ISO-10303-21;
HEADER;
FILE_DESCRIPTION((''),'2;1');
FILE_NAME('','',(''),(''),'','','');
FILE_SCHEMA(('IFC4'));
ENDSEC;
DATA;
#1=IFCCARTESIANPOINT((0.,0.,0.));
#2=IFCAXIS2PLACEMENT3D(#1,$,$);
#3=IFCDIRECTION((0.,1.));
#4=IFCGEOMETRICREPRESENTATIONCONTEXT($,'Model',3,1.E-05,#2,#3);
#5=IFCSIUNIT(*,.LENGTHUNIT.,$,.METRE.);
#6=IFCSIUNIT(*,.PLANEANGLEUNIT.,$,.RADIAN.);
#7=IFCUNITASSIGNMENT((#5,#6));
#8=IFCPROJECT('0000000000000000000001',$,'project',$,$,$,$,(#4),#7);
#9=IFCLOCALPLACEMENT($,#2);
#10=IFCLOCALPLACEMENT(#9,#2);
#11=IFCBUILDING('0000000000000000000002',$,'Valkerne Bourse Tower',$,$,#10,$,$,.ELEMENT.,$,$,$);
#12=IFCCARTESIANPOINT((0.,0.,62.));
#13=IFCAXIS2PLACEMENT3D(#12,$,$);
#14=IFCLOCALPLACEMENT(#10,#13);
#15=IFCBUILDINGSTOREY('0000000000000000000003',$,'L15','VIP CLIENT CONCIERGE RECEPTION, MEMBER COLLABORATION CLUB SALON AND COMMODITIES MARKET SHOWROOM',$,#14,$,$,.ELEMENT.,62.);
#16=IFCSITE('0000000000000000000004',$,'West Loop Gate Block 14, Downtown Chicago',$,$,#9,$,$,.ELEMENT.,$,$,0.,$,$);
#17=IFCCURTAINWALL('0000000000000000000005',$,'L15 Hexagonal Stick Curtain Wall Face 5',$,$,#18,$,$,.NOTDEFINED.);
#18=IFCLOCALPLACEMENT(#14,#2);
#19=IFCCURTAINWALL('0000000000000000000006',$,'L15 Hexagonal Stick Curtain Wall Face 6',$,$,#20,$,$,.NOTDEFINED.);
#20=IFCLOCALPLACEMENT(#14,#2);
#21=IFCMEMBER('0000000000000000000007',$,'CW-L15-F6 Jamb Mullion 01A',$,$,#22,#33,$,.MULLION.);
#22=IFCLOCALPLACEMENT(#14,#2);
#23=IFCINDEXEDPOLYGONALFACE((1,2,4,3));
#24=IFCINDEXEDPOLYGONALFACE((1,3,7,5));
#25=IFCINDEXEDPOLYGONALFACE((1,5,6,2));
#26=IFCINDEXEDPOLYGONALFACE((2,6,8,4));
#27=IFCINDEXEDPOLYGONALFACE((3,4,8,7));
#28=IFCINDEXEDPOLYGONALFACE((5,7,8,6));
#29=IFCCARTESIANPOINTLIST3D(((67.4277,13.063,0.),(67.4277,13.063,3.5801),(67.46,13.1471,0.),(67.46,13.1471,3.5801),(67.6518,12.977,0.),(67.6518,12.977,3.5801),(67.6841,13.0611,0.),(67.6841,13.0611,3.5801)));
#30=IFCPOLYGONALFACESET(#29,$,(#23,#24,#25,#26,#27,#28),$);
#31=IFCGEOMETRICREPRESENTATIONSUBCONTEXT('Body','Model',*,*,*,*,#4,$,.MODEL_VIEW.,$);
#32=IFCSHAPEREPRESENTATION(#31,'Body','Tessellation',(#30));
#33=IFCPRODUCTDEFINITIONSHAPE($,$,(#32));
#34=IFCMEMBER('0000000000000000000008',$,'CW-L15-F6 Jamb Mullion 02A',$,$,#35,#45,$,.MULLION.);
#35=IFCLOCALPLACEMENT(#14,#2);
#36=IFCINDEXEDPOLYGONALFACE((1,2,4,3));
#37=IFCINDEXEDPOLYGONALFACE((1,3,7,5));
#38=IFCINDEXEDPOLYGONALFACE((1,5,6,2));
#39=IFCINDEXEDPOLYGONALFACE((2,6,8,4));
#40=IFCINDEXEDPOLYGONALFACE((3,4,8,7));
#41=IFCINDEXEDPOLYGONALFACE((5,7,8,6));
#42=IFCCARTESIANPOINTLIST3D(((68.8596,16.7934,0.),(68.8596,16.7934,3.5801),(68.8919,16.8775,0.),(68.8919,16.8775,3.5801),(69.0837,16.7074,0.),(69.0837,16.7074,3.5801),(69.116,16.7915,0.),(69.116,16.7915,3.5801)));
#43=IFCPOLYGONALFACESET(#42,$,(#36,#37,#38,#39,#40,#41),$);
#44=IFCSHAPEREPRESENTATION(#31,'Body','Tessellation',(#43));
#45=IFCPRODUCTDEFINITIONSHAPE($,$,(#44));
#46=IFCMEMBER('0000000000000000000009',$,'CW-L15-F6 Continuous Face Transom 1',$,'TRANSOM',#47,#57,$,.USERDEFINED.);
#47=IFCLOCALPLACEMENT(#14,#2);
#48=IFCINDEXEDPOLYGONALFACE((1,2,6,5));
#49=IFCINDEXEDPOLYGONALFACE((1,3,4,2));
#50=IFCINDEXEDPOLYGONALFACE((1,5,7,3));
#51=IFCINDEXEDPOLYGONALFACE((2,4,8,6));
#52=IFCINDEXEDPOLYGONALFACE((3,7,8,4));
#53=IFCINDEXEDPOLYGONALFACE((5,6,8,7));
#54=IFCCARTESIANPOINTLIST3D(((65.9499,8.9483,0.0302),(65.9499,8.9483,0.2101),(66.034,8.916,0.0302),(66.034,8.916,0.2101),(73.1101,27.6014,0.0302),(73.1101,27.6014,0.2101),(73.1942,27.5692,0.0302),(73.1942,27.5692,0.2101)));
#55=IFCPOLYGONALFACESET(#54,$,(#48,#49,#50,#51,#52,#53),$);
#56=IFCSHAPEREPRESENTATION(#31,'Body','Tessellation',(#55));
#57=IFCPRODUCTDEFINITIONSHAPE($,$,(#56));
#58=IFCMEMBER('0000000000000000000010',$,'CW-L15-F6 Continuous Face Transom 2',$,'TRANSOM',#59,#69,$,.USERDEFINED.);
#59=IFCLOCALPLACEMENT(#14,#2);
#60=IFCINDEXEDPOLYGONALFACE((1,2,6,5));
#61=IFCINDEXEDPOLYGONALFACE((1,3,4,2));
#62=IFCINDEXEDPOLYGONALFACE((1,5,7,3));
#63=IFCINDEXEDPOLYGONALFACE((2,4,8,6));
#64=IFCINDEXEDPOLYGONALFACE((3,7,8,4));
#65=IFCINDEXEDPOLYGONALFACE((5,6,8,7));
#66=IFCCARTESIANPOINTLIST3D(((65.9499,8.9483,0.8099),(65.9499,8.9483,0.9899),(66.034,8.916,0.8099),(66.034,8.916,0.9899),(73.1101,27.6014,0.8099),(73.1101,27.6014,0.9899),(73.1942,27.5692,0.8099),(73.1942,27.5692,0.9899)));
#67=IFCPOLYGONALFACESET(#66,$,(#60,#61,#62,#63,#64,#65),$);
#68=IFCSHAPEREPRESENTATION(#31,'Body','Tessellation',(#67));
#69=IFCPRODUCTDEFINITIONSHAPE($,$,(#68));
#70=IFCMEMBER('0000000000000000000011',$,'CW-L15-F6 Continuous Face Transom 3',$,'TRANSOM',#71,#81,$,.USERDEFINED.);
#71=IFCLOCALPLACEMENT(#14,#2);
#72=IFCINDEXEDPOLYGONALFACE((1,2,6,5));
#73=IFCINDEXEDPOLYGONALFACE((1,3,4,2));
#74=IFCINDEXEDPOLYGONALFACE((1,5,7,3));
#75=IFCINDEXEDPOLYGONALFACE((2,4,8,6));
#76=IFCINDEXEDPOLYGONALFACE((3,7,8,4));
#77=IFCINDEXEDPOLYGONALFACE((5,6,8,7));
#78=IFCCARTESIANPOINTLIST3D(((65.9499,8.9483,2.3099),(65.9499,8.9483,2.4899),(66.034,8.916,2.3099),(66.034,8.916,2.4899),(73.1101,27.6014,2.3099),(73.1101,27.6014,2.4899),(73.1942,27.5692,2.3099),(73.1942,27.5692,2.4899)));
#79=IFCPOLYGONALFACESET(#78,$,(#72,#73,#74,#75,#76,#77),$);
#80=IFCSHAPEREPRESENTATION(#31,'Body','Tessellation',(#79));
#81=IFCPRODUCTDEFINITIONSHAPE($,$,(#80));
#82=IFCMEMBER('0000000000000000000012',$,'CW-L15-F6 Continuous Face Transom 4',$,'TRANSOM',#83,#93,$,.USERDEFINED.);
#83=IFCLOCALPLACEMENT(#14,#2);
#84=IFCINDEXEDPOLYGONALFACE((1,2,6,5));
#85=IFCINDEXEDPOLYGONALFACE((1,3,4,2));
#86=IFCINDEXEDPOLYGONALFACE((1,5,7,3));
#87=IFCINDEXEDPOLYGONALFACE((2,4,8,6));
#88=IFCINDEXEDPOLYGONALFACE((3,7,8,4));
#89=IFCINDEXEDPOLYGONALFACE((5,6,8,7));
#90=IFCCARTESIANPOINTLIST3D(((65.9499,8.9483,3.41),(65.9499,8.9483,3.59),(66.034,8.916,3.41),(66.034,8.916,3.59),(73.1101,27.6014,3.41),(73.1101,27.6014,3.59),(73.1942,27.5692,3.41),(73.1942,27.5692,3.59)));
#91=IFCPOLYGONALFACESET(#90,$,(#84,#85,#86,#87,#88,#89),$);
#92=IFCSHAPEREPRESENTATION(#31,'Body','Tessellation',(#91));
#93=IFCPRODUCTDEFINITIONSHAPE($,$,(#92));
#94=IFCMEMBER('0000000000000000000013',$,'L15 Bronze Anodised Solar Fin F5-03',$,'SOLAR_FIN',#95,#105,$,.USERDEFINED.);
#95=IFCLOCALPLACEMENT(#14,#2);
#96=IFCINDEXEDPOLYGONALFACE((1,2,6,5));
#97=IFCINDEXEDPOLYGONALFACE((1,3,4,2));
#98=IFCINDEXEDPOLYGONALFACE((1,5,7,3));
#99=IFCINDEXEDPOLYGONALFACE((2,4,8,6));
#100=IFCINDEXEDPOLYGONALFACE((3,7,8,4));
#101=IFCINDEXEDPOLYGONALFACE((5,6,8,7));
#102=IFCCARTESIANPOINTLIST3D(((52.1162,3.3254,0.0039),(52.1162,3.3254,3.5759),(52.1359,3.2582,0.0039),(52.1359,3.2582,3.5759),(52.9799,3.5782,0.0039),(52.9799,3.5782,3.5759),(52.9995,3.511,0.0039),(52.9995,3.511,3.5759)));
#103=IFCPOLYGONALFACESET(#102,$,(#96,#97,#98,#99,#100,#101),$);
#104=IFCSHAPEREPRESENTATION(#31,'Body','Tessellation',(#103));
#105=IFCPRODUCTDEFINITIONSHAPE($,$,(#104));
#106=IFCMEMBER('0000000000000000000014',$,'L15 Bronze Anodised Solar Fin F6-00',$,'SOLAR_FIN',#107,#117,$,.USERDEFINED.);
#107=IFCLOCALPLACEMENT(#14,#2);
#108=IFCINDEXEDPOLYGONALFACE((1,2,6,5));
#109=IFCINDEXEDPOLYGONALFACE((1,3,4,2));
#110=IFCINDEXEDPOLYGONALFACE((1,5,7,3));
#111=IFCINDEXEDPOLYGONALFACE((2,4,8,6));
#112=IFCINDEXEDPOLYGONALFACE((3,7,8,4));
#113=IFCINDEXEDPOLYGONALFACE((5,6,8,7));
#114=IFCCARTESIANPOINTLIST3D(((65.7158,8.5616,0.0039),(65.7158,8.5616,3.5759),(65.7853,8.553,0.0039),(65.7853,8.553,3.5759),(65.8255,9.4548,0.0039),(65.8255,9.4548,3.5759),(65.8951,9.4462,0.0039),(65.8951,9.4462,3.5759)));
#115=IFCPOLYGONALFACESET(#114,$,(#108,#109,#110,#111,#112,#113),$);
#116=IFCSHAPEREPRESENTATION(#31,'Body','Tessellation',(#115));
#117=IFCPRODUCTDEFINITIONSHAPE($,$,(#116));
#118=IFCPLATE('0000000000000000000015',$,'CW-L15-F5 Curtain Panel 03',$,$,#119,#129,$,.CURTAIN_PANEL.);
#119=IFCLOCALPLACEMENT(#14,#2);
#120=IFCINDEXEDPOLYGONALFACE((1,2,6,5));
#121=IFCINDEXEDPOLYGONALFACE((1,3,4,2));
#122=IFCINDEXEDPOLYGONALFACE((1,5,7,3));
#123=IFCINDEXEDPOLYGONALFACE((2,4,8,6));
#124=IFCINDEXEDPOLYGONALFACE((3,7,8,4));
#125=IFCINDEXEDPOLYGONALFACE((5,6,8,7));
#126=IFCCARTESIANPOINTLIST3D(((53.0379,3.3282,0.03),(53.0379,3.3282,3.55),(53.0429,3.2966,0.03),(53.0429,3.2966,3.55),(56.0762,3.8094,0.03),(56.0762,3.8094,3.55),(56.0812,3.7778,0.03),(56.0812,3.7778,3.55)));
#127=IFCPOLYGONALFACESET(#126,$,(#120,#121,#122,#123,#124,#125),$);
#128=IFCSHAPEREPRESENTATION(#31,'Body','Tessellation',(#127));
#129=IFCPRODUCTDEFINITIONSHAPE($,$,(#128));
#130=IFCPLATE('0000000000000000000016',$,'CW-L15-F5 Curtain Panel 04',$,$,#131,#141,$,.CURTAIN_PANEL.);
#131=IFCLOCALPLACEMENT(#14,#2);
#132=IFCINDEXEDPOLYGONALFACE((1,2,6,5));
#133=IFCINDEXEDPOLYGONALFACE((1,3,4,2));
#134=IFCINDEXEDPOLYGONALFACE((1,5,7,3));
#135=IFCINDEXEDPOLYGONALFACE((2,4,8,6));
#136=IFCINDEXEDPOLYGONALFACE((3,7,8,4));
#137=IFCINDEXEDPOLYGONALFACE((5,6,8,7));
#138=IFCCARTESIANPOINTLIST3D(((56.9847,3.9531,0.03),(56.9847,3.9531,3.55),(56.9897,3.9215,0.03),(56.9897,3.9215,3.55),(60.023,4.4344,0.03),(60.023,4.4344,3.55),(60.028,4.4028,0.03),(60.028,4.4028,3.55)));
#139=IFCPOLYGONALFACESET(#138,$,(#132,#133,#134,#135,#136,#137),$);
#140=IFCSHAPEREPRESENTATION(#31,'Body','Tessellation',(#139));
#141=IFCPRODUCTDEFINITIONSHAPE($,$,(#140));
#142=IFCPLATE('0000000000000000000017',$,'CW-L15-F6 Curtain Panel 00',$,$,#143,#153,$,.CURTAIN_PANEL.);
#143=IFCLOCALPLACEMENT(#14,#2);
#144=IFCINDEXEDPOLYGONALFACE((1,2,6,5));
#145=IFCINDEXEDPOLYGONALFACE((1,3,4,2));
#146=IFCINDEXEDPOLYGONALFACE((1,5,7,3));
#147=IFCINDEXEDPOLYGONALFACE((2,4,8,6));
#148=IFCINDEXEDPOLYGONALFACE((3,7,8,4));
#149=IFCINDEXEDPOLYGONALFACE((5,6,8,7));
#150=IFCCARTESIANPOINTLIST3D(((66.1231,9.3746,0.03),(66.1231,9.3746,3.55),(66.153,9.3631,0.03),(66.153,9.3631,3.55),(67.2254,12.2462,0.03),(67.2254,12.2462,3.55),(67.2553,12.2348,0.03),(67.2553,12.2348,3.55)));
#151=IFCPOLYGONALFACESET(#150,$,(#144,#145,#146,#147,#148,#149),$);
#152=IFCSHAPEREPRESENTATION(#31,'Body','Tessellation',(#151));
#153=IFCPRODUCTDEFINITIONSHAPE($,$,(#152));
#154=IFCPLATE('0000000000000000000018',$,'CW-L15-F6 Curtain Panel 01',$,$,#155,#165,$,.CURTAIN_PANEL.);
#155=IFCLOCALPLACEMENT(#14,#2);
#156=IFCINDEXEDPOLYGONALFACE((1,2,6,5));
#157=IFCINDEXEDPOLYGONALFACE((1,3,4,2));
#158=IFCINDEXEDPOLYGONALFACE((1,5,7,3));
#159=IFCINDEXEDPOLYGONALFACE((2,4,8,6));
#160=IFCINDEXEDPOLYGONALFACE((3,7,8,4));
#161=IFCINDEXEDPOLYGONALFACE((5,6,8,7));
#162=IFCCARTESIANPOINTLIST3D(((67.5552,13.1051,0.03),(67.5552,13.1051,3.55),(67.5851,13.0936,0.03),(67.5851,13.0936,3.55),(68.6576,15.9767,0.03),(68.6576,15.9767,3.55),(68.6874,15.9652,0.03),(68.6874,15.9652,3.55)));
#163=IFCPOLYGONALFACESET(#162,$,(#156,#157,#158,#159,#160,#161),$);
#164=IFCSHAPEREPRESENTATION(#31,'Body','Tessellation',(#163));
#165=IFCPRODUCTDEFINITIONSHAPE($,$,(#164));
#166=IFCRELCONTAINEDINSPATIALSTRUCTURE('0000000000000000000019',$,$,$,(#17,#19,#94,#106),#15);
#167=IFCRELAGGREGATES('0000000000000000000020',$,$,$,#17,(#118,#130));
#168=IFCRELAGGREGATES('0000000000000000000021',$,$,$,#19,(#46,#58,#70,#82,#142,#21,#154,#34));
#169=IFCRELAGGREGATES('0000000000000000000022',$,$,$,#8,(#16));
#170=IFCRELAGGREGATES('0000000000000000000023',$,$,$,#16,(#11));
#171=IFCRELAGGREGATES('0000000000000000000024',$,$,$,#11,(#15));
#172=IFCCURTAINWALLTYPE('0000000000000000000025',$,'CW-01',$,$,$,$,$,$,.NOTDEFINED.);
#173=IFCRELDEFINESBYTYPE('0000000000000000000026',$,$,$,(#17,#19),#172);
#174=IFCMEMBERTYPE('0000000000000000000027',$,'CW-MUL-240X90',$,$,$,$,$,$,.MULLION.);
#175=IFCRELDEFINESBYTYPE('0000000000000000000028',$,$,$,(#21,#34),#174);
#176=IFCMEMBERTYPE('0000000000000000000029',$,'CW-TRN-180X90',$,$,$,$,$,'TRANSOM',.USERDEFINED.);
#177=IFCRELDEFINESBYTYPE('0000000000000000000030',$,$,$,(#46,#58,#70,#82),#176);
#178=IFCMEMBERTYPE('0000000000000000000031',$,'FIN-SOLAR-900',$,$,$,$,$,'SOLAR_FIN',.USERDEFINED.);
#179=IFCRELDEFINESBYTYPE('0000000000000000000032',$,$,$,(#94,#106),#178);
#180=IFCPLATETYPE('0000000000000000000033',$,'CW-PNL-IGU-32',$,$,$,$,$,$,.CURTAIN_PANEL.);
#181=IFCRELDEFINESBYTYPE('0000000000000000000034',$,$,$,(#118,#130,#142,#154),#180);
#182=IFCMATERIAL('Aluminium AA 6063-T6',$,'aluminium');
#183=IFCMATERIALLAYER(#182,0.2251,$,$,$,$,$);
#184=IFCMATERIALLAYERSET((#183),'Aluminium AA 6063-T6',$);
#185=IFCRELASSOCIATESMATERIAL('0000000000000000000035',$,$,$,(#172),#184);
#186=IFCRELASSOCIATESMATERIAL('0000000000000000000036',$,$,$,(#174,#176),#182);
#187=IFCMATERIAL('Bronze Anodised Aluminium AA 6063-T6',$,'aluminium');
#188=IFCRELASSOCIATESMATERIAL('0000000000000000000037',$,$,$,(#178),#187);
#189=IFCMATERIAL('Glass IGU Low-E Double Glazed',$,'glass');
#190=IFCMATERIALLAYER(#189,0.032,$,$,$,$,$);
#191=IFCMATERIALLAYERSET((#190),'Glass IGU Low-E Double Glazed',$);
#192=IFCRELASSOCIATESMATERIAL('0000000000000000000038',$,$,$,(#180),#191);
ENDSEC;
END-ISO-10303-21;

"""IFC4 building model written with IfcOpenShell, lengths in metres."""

from ifc_helpers import new_model, si_unit, direction, frame, origin, origin_2d, place, context, subcontext, project, spatial, rectangle, extrude, material, layer, layer_set, material_profile, profile_set, type_object, element, aggregate, save


model = new_model("IFC4")

# Units and contexts
model_context = context("Model", 3, precision=1e-05, world=origin(), true_north=direction((0.0, 1.0)))
body_context = subcontext(model_context, "Body", "Model", "MODEL_VIEW")
ifc_project = project(units=[si_unit("LENGTHUNIT", "METRE"), si_unit("PLANEANGLEUNIT", "RADIAN")], contexts=[model_context])

# Site, building, storey
site_placement = place(None, origin())
site = spatial("IfcSite", under=ifc_project, at=site_placement, Name="West Loop Gate Block 14, Downtown Chicago", CompositionType="ELEMENT", RefElevation=0.0)
building_placement = place(site_placement, origin())
building = spatial("IfcBuilding", under=site, at=building_placement, Name="Valkerne Bourse Tower", CompositionType="ELEMENT")
storey_placement = place(building_placement, frame((0.0, 0.0, 62.0)))
storey = spatial("IfcBuildingStorey", under=building, at=storey_placement, Name="L15", Description="VIP CLIENT CONCIERGE RECEPTION, MEMBER COLLABORATION CLUB SALON AND COMMODITIES MARKET SHOWROOM", CompositionType="ELEMENT", Elevation=62.0)

# Curtain walls, members
ifc_material_1 = material(Name="Aluminium AA 6063-T6", Category="aluminium")
ifc_layer_1 = layer(ifc_material_1, 0.2251)
ifc_layer_set_1 = layer_set([ifc_layer_1], Name="Aluminium AA 6063-T6")
curtain_wall_type = type_object("IfcCurtainWallType", Name="CW-01", PredefinedType="NOTDEFINED", material=ifc_layer_set_1)
curtain_wall_1_placement = place(storey_placement, origin())
curtain_wall_1 = element("IfcCurtainWall", 1, at=curtain_wall_1_placement, inside=storey, type_object=curtain_wall_type, Name="L15 Hexagonal Stick Curtain Wall Face 5", PredefinedType="NOTDEFINED")
ifc_material_profile_1 = material_profile(ifc_material_1, rectangle(XDim=0.0901, YDim=0.24, at=origin_2d()), Name="CWM-90X240")
ifc_profile_set_1 = profile_set([ifc_material_profile_1], Name="Aluminium AA 6063-T6")
member_type_1 = type_object("IfcMemberType", Name="CW-MUL-240X90", PredefinedType="MULLION", material=ifc_profile_set_1)
curtain_wall_2_placement = place(storey_placement, origin())
curtain_wall_2 = element("IfcCurtainWall", 2, at=curtain_wall_2_placement, inside=storey, type_object=curtain_wall_type, Name="L15 Hexagonal Stick Curtain Wall Face 6", PredefinedType="NOTDEFINED")
member_1_placement = place(storey_placement, frame((67.5559, 13.062, 0.0), z_axis=(0.0, 0.0, 1.0), x_axis=(0.35838, 0.933576, 0.0)))
member_1 = element("IfcMember", 3, at=member_1_placement, type_object=member_type_1, Name="CW-L15-F6 Jamb Mullion 01A", PredefinedType="MULLION", context=body_context, shape_type="SweptSolid", body=[
    extrude(rectangle(XDim=0.0901, YDim=0.24, at=origin_2d()), origin(), (0.0, 0.0, 1.0), 3.5801),
])
member_2_placement = place(storey_placement, frame((68.9878, 16.7925, 0.0), z_axis=(0.0, 0.0, 1.0), x_axis=(0.358359, 0.933584, 0.0)))
member_2 = element("IfcMember", 4, at=member_2_placement, type_object=member_type_1, Name="CW-L15-F6 Jamb Mullion 02A", PredefinedType="MULLION", context=body_context, shape_type="SweptSolid", body=[
    extrude(rectangle(XDim=0.0901, YDim=0.24, at=origin_2d()), origin(), (0.0, 0.0, 1.0), 3.5801),
])
ifc_material_profile_2 = material_profile(ifc_material_1, rectangle(XDim=0.0901, YDim=0.1799, at=origin_2d()), Name="CWT-90X180")
ifc_profile_set_2 = profile_set([ifc_material_profile_2], Name="Aluminium AA 6063-T6")
member_type_2 = type_object("IfcMemberType", Name="CW-TRN-180X90", ElementType="TRANSOM", PredefinedType="USERDEFINED", material=ifc_profile_set_2)
member_3_placement = place(storey_placement, frame((65.9919, 8.9321, 0.1201), z_axis=(0.358364, 0.933582, 0.0), x_axis=(-0.933582, 0.358364, 0.0)))
member_3 = element("IfcMember", 5, at=member_3_placement, type_object=member_type_2, Name="CW-L15-F6 Continuous Face Transom 1", ObjectType="TRANSOM", PredefinedType="USERDEFINED", context=body_context, shape_type="SweptSolid", body=[
    extrude(rectangle(XDim=0.0901, YDim=0.1799, at=origin_2d()), origin(), (0.0, 0.0, 1.0), 19.9802),
])
member_4_placement = place(storey_placement, frame((65.9919, 8.9321, 0.8999), z_axis=(0.358364, 0.933582, 0.0), x_axis=(-0.933582, 0.358364, 0.0)))
member_4 = element("IfcMember", 6, at=member_4_placement, type_object=member_type_2, Name="CW-L15-F6 Continuous Face Transom 2", ObjectType="TRANSOM", PredefinedType="USERDEFINED", context=body_context, shape_type="SweptSolid", body=[
    extrude(rectangle(XDim=0.0901, YDim=0.1799, at=origin_2d()), origin(), (0.0, 0.0, 1.0), 19.9802),
])
member_5_placement = place(storey_placement, frame((65.9919, 8.9321, 2.3999), z_axis=(0.358364, 0.933582, 0.0), x_axis=(-0.933582, 0.358364, 0.0)))
member_5 = element("IfcMember", 7, at=member_5_placement, type_object=member_type_2, Name="CW-L15-F6 Continuous Face Transom 3", ObjectType="TRANSOM", PredefinedType="USERDEFINED", context=body_context, shape_type="SweptSolid", body=[
    extrude(rectangle(XDim=0.0901, YDim=0.1799, at=origin_2d()), origin(), (0.0, 0.0, 1.0), 19.9802),
])
member_6_placement = place(storey_placement, frame((65.9919, 8.9321, 3.5), z_axis=(0.358364, 0.933582, 0.0), x_axis=(-0.933582, 0.358364, 0.0)))
member_6 = element("IfcMember", 8, at=member_6_placement, type_object=member_type_2, Name="CW-L15-F6 Continuous Face Transom 4", ObjectType="TRANSOM", PredefinedType="USERDEFINED", context=body_context, shape_type="SweptSolid", body=[
    extrude(rectangle(XDim=0.0901, YDim=0.1799, at=origin_2d()), origin(), (0.0, 0.0, 1.0), 19.9802),
])

# Members
ifc_material_2 = material(Name="Bronze Anodised Aluminium AA 6063-T6", Category="aluminium")
ifc_material_profile_3 = material_profile(ifc_material_2, rectangle(XDim=0.0701, YDim=0.8999, at=origin_2d()), Name="FIN-70X900")
ifc_profile_set_3 = profile_set([ifc_material_profile_3], Name="Bronze Anodised Aluminium AA 6063-T6")
member_type_3 = type_object("IfcMemberType", Name="FIN-SOLAR-900", ElementType="SOLAR_FIN", PredefinedType="USERDEFINED", material=ifc_profile_set_3)
for number, where, z_axis, x_axis, name in (
    (9, (52.5579, 3.4182, 0.0039), (0.0, 0.0, 1.0), (0.280914, -0.959733, 0.0), "L15 Bronze Anodised Solar Fin F5-03"),
    (10, (65.8054, 9.0039, 0.0039), (0.0, 0.0, 1.0), (0.992536, -0.121951, 0.0), "L15 Bronze Anodised Solar Fin F6-00"),
):
    element("IfcMember", number, at=place(storey_placement, frame(where, z_axis=z_axis, x_axis=x_axis)), inside=storey, type_object=member_type_3, Name=name, ObjectType="SOLAR_FIN", PredefinedType="USERDEFINED", context=body_context, shape_type="SweptSolid", body=[
        extrude(rectangle(XDim=0.0701, YDim=0.8999, at=origin_2d()), origin(), (0.0, 0.0, 1.0), 3.572),
    ])

# Plates
ifc_material_3 = material(Name="Glass IGU Low-E Double Glazed", Category="glass")
ifc_layer_2 = layer(ifc_material_3, 0.032)
ifc_layer_set_2 = layer_set([ifc_layer_2], Name="Glass IGU Low-E Double Glazed")
plate_type = type_object("IfcPlateType", Name="CW-PNL-IGU-32", PredefinedType="CURTAIN_PANEL", material=ifc_layer_set_2)
plate_1_placement = place(storey_placement, frame((54.5596, 3.553, 0.03), z_axis=(0.0, 0.0, 1.0), x_axis=(0.987689, 0.156432, 0.0)))
plate_1 = element("IfcPlate", 11, at=plate_1_placement, type_object=plate_type, Name="CW-L15-F5 Curtain Panel 03", PredefinedType="CURTAIN_PANEL", context=body_context, shape_type="SweptSolid", body=[
    extrude(rectangle(XDim=3.0762, YDim=0.032, at=origin_2d()), origin(), (0.0, 0.0, 1.0), 3.52),
])
plate_2_placement = place(storey_placement, frame((58.5063, 4.178, 0.03), z_axis=(0.0, 0.0, 1.0), x_axis=(0.987685, 0.156456, 0.0)))
plate_2 = element("IfcPlate", 12, at=plate_2_placement, type_object=plate_type, Name="CW-L15-F5 Curtain Panel 04", PredefinedType="CURTAIN_PANEL", context=body_context, shape_type="SweptSolid", body=[
    extrude(rectangle(XDim=3.0762, YDim=0.032, at=origin_2d()), origin(), (0.0, 0.0, 1.0), 3.52),
])
aggregate(curtain_wall_1, [plate_1, plate_2])
plate_3_placement = place(storey_placement, frame((66.6892, 10.8047, 0.03), z_axis=(0.0, 0.0, 1.0), x_axis=(0.358367, 0.933581, 0.0)))
plate_3 = element("IfcPlate", 13, at=plate_3_placement, type_object=plate_type, Name="CW-L15-F6 Curtain Panel 00", PredefinedType="CURTAIN_PANEL", context=body_context, shape_type="SweptSolid", body=[
    extrude(rectangle(XDim=3.0759, YDim=0.032, at=origin_2d()), origin(), (0.0, 0.0, 1.0), 3.52),
])
plate_4_placement = place(storey_placement, frame((68.1213, 14.5352, 0.03), z_axis=(0.0, 0.0, 1.0), x_axis=(0.35838, 0.933576, 0.0)))
plate_4 = element("IfcPlate", 14, at=plate_4_placement, type_object=plate_type, Name="CW-L15-F6 Curtain Panel 01", PredefinedType="CURTAIN_PANEL", context=body_context, shape_type="SweptSolid", body=[
    extrude(rectangle(XDim=3.0759, YDim=0.032, at=origin_2d()), origin(), (0.0, 0.0, 1.0), 3.52),
])
aggregate(curtain_wall_2, [member_3, member_4, member_5, member_6, plate_3, member_1, plate_4, member_2])

save(model, "model.ifc")
